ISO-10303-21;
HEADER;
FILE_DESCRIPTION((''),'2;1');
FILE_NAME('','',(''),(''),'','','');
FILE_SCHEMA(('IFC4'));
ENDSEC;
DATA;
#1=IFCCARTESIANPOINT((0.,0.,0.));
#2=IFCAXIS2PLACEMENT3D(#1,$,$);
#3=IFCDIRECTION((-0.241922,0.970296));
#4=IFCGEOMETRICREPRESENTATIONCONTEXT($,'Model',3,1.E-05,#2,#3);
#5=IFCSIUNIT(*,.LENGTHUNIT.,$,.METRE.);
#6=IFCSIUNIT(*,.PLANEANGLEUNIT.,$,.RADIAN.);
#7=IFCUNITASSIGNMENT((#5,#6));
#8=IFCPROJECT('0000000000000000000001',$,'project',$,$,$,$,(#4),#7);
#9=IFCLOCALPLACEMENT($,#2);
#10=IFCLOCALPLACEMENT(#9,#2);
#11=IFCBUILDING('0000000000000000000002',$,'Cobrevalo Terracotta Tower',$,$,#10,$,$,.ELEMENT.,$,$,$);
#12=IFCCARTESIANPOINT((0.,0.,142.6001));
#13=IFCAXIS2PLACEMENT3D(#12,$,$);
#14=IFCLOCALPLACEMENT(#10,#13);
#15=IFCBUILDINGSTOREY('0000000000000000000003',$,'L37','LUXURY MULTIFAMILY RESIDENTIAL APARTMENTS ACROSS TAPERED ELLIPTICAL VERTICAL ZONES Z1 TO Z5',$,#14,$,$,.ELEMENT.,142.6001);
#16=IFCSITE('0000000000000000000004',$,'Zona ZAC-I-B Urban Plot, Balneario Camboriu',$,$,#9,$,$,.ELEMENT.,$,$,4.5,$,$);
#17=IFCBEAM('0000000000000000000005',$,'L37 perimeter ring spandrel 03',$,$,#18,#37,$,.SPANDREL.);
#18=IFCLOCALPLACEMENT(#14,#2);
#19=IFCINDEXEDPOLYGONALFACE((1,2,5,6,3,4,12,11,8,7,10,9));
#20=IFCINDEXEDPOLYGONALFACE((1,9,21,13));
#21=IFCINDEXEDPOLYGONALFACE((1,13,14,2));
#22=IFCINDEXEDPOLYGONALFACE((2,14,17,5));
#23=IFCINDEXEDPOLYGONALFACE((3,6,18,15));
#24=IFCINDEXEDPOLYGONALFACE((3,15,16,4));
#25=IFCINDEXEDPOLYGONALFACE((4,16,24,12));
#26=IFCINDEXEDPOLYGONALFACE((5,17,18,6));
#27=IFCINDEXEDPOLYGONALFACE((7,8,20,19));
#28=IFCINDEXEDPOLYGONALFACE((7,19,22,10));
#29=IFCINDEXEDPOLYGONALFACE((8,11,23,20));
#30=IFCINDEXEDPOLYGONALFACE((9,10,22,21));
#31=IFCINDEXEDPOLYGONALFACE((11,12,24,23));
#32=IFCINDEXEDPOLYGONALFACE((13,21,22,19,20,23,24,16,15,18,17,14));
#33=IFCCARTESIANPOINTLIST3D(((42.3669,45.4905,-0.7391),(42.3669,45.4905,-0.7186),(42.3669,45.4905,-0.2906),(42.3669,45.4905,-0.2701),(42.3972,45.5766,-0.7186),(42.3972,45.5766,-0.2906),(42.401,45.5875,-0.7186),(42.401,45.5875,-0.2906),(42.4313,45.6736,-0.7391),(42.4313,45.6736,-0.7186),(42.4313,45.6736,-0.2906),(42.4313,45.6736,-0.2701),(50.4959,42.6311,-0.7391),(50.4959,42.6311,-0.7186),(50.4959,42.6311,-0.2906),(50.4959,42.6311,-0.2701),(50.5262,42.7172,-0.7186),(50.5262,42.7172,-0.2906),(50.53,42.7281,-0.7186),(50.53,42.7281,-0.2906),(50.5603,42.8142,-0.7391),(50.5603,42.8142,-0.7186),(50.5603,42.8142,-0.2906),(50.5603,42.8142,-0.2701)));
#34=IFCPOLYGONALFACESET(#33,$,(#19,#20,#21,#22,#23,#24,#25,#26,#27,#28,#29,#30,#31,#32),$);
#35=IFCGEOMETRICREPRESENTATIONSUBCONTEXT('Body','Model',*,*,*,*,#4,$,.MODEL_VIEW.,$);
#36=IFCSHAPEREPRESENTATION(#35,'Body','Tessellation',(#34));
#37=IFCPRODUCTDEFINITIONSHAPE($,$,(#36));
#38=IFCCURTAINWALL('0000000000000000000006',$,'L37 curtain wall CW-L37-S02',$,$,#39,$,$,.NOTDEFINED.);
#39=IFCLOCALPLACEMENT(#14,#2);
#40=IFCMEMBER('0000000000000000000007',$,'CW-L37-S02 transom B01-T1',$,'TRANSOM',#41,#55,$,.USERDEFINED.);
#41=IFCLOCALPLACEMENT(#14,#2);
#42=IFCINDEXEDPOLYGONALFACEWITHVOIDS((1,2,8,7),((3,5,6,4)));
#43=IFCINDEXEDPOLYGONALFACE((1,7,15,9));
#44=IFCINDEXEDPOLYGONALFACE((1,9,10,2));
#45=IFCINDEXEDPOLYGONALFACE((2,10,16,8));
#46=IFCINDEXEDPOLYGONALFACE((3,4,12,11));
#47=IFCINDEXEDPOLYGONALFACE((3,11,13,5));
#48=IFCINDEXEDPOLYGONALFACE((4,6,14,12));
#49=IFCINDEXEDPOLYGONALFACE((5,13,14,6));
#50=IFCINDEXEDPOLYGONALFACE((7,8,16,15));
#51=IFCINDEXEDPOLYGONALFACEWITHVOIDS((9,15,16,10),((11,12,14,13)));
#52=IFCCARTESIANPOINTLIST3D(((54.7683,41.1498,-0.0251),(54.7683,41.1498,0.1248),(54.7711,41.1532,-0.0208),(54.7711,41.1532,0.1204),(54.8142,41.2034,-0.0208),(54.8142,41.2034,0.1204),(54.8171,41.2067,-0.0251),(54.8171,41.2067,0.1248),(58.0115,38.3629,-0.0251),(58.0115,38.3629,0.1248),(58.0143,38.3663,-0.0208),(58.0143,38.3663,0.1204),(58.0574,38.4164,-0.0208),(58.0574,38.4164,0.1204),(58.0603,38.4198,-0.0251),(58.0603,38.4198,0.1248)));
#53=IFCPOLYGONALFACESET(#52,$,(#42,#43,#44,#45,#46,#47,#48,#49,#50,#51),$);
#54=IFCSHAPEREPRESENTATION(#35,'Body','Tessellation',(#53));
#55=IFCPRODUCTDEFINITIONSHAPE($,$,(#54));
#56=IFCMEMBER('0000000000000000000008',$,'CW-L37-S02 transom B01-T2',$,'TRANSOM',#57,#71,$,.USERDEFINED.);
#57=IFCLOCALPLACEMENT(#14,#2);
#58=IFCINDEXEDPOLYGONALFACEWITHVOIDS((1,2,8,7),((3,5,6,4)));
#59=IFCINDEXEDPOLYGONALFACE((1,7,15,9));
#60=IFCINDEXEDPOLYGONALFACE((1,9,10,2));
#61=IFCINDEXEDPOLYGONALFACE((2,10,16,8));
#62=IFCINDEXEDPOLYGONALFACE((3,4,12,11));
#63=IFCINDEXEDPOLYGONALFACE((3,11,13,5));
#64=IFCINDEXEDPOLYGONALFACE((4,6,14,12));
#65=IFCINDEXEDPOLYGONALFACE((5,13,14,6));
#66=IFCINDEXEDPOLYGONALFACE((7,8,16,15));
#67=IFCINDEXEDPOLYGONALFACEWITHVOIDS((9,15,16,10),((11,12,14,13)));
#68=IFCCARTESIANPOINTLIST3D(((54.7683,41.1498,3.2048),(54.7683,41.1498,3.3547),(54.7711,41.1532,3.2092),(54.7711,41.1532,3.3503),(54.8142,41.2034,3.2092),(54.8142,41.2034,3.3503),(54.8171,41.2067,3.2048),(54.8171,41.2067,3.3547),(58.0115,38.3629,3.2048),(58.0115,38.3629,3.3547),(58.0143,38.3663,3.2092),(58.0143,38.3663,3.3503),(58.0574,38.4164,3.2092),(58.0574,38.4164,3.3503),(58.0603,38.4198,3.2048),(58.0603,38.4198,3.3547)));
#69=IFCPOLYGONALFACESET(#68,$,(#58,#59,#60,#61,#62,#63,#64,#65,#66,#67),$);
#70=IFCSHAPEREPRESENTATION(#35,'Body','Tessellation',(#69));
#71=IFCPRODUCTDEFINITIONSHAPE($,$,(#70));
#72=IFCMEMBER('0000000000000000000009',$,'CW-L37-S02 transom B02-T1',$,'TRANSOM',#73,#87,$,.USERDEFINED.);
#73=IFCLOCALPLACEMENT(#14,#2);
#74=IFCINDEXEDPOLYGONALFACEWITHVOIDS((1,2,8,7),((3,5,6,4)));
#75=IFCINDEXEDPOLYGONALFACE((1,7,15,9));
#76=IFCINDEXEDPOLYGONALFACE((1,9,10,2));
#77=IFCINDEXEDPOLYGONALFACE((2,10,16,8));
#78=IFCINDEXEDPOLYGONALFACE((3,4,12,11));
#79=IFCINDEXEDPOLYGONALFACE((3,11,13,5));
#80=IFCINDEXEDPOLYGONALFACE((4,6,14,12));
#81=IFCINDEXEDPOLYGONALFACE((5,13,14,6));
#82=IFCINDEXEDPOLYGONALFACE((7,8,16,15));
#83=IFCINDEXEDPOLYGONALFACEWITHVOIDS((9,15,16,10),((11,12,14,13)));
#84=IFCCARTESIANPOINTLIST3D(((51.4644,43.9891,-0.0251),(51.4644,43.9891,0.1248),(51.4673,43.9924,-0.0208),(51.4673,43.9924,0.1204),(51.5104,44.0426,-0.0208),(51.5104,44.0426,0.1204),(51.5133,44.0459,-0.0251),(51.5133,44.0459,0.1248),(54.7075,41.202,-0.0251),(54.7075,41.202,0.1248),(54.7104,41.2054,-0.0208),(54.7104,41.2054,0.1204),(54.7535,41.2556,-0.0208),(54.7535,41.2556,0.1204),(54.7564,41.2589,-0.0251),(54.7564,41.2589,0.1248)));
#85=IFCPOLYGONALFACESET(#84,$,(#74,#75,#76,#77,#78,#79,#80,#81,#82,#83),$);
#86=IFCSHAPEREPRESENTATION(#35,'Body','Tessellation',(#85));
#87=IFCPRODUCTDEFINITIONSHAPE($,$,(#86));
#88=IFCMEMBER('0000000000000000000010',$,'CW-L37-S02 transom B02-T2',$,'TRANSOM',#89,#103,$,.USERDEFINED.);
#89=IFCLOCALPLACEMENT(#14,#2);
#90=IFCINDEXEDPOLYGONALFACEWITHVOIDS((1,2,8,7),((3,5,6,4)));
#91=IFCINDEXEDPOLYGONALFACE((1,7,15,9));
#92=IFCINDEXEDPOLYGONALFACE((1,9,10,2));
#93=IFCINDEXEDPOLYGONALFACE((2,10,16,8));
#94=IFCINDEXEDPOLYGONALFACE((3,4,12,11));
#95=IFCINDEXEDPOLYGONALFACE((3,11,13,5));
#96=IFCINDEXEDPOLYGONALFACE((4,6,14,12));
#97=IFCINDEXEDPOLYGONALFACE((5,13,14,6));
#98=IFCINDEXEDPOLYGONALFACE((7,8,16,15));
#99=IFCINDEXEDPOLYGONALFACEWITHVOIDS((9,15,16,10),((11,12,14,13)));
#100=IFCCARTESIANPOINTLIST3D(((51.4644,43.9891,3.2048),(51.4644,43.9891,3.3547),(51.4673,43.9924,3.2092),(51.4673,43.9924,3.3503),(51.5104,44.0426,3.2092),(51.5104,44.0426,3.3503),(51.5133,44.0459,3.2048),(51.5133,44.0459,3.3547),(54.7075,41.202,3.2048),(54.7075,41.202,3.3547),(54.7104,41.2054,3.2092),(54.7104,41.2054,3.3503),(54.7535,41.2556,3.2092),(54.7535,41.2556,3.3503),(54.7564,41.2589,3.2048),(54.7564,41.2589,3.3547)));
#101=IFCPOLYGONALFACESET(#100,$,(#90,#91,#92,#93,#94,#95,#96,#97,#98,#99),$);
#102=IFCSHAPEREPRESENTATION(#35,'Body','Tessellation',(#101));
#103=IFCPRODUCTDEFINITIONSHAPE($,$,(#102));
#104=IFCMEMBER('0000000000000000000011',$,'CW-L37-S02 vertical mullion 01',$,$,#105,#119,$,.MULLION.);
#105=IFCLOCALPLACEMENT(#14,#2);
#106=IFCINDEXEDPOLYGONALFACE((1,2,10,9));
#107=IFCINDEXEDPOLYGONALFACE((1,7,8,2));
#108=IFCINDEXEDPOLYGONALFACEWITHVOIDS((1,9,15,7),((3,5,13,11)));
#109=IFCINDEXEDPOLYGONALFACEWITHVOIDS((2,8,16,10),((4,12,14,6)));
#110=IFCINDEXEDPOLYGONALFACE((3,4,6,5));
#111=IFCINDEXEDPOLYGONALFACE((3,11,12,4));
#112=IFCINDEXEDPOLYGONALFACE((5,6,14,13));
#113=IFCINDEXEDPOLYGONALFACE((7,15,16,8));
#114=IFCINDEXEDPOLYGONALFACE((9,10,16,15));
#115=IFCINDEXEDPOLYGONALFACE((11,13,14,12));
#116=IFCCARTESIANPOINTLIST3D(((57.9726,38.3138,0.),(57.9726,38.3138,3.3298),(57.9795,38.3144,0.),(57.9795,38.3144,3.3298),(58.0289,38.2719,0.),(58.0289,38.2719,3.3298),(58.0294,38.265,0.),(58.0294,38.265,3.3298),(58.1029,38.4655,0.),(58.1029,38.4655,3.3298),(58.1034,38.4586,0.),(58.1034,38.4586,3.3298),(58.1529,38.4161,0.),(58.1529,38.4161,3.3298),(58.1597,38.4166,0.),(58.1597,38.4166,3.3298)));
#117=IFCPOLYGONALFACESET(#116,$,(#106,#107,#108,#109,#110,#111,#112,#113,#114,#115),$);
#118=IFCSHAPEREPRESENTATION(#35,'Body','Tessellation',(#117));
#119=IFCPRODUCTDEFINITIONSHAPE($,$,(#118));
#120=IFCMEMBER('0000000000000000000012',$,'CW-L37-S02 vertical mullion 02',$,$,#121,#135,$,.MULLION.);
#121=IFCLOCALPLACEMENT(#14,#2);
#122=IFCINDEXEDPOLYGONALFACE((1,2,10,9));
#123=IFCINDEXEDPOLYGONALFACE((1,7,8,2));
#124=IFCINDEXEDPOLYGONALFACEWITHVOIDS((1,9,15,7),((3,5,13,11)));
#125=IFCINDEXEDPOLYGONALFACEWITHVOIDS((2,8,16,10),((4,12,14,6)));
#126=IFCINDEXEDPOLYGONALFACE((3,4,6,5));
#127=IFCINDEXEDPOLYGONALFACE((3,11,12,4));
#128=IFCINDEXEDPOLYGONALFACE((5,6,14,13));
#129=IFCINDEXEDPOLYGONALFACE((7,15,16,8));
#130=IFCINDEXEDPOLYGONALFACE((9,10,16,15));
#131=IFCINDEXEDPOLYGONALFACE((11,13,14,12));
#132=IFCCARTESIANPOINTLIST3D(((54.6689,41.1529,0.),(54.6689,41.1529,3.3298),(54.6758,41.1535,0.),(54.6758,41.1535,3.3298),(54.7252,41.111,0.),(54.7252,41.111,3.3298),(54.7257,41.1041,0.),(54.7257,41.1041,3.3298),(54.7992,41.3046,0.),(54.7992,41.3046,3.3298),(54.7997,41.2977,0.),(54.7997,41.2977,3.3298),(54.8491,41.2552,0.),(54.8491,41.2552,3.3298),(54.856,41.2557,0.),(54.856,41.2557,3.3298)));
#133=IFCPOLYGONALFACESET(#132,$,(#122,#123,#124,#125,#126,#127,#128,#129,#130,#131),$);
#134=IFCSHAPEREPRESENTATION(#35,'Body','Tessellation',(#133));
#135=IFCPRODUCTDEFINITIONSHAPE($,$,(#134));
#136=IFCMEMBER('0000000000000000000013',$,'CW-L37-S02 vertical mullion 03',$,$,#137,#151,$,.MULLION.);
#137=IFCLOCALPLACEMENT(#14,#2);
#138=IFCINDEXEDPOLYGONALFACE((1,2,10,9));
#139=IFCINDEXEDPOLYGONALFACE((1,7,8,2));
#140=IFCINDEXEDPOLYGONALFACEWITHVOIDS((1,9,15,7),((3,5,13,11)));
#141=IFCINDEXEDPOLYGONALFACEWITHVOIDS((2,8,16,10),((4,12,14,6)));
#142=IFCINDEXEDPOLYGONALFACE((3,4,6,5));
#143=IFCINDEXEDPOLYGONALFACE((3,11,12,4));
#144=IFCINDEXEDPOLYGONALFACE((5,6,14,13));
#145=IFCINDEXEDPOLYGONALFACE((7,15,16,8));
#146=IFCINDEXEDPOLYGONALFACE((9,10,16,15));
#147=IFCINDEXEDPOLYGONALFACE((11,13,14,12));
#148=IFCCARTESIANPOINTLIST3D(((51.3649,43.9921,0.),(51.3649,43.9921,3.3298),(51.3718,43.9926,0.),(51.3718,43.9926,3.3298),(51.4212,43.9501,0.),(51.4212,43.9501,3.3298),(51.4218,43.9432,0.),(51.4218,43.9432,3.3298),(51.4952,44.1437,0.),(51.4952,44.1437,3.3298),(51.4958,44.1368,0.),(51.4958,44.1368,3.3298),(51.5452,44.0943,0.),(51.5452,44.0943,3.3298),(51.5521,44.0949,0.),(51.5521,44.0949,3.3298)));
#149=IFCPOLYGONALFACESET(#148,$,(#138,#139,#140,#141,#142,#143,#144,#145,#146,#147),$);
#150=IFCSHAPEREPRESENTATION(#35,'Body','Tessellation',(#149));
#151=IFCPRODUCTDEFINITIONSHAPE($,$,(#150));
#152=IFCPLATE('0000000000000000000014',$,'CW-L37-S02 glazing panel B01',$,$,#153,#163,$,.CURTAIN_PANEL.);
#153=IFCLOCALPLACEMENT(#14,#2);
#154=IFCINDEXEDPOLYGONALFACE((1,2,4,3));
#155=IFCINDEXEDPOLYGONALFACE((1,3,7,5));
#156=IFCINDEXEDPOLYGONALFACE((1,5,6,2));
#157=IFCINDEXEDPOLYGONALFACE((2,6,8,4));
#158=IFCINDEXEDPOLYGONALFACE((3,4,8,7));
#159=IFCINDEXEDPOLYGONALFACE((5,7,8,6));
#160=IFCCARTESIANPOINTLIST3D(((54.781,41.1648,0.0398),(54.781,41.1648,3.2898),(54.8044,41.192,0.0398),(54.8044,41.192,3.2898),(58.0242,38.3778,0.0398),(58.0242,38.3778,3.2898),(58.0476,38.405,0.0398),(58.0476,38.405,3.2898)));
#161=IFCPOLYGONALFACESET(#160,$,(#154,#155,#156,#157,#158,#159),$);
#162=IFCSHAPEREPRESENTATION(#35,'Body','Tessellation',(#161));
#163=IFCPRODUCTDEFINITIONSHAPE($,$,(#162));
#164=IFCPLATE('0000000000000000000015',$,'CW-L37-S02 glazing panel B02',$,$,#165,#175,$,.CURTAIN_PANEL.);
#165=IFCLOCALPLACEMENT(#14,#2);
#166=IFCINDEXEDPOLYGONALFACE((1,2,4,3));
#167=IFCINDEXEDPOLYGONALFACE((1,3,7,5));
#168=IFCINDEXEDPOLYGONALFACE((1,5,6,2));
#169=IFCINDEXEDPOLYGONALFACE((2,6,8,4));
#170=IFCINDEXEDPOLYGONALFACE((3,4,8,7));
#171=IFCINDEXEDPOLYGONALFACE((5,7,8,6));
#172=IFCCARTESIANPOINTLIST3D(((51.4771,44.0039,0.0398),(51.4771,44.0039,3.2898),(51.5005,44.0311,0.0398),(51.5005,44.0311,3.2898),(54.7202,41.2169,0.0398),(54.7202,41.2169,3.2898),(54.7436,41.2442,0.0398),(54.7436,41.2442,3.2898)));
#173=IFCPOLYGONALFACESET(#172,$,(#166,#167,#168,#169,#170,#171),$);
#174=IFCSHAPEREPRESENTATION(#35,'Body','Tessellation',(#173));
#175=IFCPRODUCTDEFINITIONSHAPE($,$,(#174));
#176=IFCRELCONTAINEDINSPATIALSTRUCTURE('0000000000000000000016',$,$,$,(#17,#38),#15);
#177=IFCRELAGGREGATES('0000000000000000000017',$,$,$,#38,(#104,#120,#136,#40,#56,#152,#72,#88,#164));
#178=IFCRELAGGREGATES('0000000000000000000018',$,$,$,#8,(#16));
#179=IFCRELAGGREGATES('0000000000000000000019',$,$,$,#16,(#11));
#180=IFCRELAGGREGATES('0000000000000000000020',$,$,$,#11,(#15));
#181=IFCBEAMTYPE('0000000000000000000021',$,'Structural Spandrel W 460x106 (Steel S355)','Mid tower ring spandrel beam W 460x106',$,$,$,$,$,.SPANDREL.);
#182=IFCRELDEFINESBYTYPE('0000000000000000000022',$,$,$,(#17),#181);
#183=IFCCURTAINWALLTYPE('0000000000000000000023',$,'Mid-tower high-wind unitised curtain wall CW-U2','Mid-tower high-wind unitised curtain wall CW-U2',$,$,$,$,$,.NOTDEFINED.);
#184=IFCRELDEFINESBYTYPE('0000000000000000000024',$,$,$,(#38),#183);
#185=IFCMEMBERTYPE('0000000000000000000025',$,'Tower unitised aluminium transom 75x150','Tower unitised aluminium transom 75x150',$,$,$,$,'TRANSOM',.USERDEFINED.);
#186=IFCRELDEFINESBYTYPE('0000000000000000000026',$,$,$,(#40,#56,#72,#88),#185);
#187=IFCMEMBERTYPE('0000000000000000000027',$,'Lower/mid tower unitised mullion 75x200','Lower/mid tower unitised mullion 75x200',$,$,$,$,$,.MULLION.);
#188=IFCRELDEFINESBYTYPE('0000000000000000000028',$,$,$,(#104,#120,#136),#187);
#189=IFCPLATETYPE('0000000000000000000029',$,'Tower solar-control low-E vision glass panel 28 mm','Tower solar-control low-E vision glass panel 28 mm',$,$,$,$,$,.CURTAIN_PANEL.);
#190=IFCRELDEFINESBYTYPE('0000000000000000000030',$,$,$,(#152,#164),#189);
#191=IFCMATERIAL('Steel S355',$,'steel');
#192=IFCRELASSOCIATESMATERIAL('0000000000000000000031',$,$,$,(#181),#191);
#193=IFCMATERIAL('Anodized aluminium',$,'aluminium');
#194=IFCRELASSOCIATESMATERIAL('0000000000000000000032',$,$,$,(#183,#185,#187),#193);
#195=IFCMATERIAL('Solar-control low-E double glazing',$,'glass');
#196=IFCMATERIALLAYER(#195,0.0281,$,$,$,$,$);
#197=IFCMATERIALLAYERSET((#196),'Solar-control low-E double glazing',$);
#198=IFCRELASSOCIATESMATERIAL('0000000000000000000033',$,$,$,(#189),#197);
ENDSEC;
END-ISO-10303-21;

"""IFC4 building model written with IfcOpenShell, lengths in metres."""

from ifc_helpers import new_model, si_unit, direction, frame, origin, origin_2d, place, context, subcontext, project, spatial, rectangle, hollow_rectangle, i_section, extrude, source, transform, mapped, material, layer, layer_set, material_profile, profile_set, type_object, element, aggregate, save


model = new_model("IFC4")

# Units and contexts
model_context = context("Model", 3, precision=1e-05, world=origin(), true_north=direction((-0.241922, 0.970296)))
body_context = subcontext(model_context, "Body", "Model", "MODEL_VIEW")
ifc_project = project(units=[si_unit("LENGTHUNIT", "METRE"), si_unit("PLANEANGLEUNIT", "RADIAN")], contexts=[model_context])

# Site, building, storey
site_placement = place(None, origin())
site = spatial("IfcSite", under=ifc_project, at=site_placement, Name="Zona ZAC-I-B Urban Plot, Balneario Camboriu", CompositionType="ELEMENT", RefElevation=4.5)
building_placement = place(site_placement, origin())
building = spatial("IfcBuilding", under=site, at=building_placement, Name="Cobrevalo Terracotta Tower", CompositionType="ELEMENT")
storey_placement = place(building_placement, frame((0.0, 0.0, 142.6001)))
storey = spatial("IfcBuildingStorey", under=building, at=storey_placement, Name="L37", Description="LUXURY MULTIFAMILY RESIDENTIAL APARTMENTS ACROSS TAPERED ELLIPTICAL VERTICAL ZONES Z1 TO Z5", CompositionType="ELEMENT", Elevation=142.6001)

# Shared definitions
ifc_material_1 = material(Name="Steel S355", Category="steel")

# Beam
ifc_material_profile_1 = material_profile(ifc_material_1, i_section(OverallWidth=0.1941, OverallDepth=0.469, WebThickness=0.0115, FlangeThickness=0.0205, at=origin_2d()), Name="W 460x106")
ifc_profile_set_1 = profile_set([ifc_material_profile_1], Name="Steel S355")
beam_type_1 = type_object("IfcBeamType", Name="Structural Spandrel W 460x106 (Steel S355)", Description="Mid tower ring spandrel beam W 460x106", PredefinedType="SPANDREL", material=ifc_profile_set_1)
beam_1_placement = place(storey_placement, frame((50.5281, 42.7227, -0.5046), z_axis=(-0.943341, 0.331824, 0.0), x_axis=(-0.331824, -0.943341, 0.0)))
element("IfcBeam", 1, at=beam_1_placement, inside=storey, type_object=beam_type_1, Name="L37 perimeter ring spandrel 03", PredefinedType="SPANDREL", context=body_context, shape_type="SweptSolid", body=[
    extrude(i_section(OverallWidth=0.1941, OverallDepth=0.469, WebThickness=0.0115, FlangeThickness=0.0205, at=origin_2d()), origin(), (0.0, 0.0, 1.0), 8.6172),
])

# Curtain wall, members, plates
ifc_material_2 = material(Name="Anodized aluminium", Category="aluminium")
curtain_wall_type = type_object("IfcCurtainWallType", Name="Mid-tower high-wind unitised curtain wall CW-U2", Description="Mid-tower high-wind unitised curtain wall CW-U2", PredefinedType="NOTDEFINED", material=ifc_material_2)
curtain_wall_placement = place(storey_placement, origin())
curtain_wall = element("IfcCurtainWall", 2, at=curtain_wall_placement, inside=storey, type_object=curtain_wall_type, Name="L37 curtain wall CW-L37-S02", PredefinedType="NOTDEFINED")
ifc_material_profile_2 = material_profile(ifc_material_2, hollow_rectangle(XDim=0.075, YDim=0.1499, WallThickness=0.0044, at=origin_2d()), Name="CWT 75x150")
ifc_profile_set_2 = profile_set([ifc_material_profile_2], Name="Anodized aluminium")
member_type_1 = type_object("IfcMemberType", Name="Tower unitised aluminium transom 75x150", Description="Tower unitised aluminium transom 75x150", ElementType="TRANSOM", PredefinedType="USERDEFINED", material=ifc_profile_set_2)
shared_shape_1 = source(origin(), body_context, "Body", "SweptSolid", [
    extrude(hollow_rectangle(XDim=0.075, YDim=0.1499, WallThickness=0.0044, at=origin_2d()), origin(), (0.0, 0.0, 1.0), 4.2761),
])
member_1_placement = place(storey_placement, frame((58.0359, 38.3914, 0.0498), z_axis=(-0.758446, 0.651736, 0.0), x_axis=(-0.651736, -0.758446, 0.0)))
member_1 = element("IfcMember", 3, at=member_1_placement, type_object=member_type_1, Name="CW-L37-S02 transom B01-T1", ObjectType="TRANSOM", PredefinedType="USERDEFINED", context=body_context, shape_type="MappedRepresentation", body=[
    mapped(shared_shape_1, transform((0.0, 0.0, 0.0), scale=1.0)),
])
member_2_placement = place(storey_placement, frame((58.0359, 38.3914, 3.2798), z_axis=(-0.758446, 0.651736, 0.0), x_axis=(-0.651736, -0.758446, 0.0)))
member_2 = element("IfcMember", 4, at=member_2_placement, type_object=member_type_1, Name="CW-L37-S02 transom B01-T2", ObjectType="TRANSOM", PredefinedType="USERDEFINED", context=body_context, shape_type="MappedRepresentation", body=[
    mapped(shared_shape_1, transform((0.0, 0.0, 0.0), scale=1.0)),
])
member_3_placement = place(storey_placement, frame((54.7319, 41.2305, 0.0498), z_axis=(-0.758418, 0.651769, 0.0), x_axis=(-0.651769, -0.758418, 0.0)))
member_3 = element("IfcMember", 5, at=member_3_placement, type_object=member_type_1, Name="CW-L37-S02 transom B02-T1", ObjectType="TRANSOM", PredefinedType="USERDEFINED", context=body_context, shape_type="MappedRepresentation", body=[
    mapped(shared_shape_1, transform((0.0, 0.0, 0.0), scale=1.0)),
])
member_4_placement = place(storey_placement, frame((54.7319, 41.2305, 3.2798), z_axis=(-0.758418, 0.651769, 0.0), x_axis=(-0.651769, -0.758418, 0.0)))
member_4 = element("IfcMember", 6, at=member_4_placement, type_object=member_type_1, Name="CW-L37-S02 transom B02-T2", ObjectType="TRANSOM", PredefinedType="USERDEFINED", context=body_context, shape_type="MappedRepresentation", body=[
    mapped(shared_shape_1, transform((0.0, 0.0, 0.0), scale=1.0)),
])
ifc_material_profile_3 = material_profile(ifc_material_2, hollow_rectangle(XDim=0.075, YDim=0.2, WallThickness=0.0049, at=origin_2d()), Name="CWM 75x200")
ifc_profile_set_3 = profile_set([ifc_material_profile_3], Name="Anodized aluminium")
member_type_2 = type_object("IfcMemberType", Name="Lower/mid tower unitised mullion 75x200", Description="Lower/mid tower unitised mullion 75x200", PredefinedType="MULLION", material=ifc_profile_set_3)
shared_shape_2 = source(origin(), body_context, "Body", "SweptSolid", [
    extrude(hollow_rectangle(XDim=0.075, YDim=0.2, WallThickness=0.0049, at=origin_2d()), origin(), (0.0, 0.0, 1.0), 3.3298),
])
member_5_placement = place(storey_placement, frame((58.0662, 38.3652, 0.0), z_axis=(0.0, 0.0, 1.0), x_axis=(-0.758442, 0.651741, 0.0)))
member_5 = element("IfcMember", 7, at=member_5_placement, type_object=member_type_2, Name="CW-L37-S02 vertical mullion 01", PredefinedType="MULLION", context=body_context, shape_type="MappedRepresentation", body=[
    mapped(shared_shape_2, transform((0.0, 0.0, 0.0), scale=1.0)),
])
member_6_placement = place(storey_placement, frame((54.7625, 41.2043, 0.0), z_axis=(0.0, 0.0, 1.0), x_axis=(-0.758442, 0.651741, 0.0)))
member_6 = element("IfcMember", 8, at=member_6_placement, type_object=member_type_2, Name="CW-L37-S02 vertical mullion 02", PredefinedType="MULLION", context=body_context, shape_type="MappedRepresentation", body=[
    mapped(shared_shape_2, transform((0.0, 0.0, 0.0), scale=1.0)),
])
member_7_placement = place(storey_placement, frame((51.4585, 44.0435, 0.0), z_axis=(0.0, 0.0, 1.0), x_axis=(-0.758442, 0.651741, 0.0)))
member_7 = element("IfcMember", 9, at=member_7_placement, type_object=member_type_2, Name="CW-L37-S02 vertical mullion 03", PredefinedType="MULLION", context=body_context, shape_type="MappedRepresentation", body=[
    mapped(shared_shape_2, transform((0.0, 0.0, 0.0), scale=1.0)),
])
ifc_material_3 = material(Name="Solar-control low-E double glazing", Category="glass")
ifc_layer_1 = layer(ifc_material_3, 0.0281)
ifc_layer_set_1 = layer_set([ifc_layer_1], Name="Solar-control low-E double glazing")
plate_type = type_object("IfcPlateType", Name="Tower solar-control low-E vision glass panel 28 mm", Description="Tower solar-control low-E vision glass panel 28 mm", PredefinedType="CURTAIN_PANEL", material=ifc_layer_set_1)
shared_shape_3 = source(origin(), body_context, "Body", "SweptSolid", [
    extrude(rectangle(XDim=4.2761, YDim=0.0359, at=origin_2d()), origin(), (0.0, 0.0, 1.0), 3.25),
])
plate_1_placement = place(storey_placement, frame((56.4143, 39.7849, 0.0398), z_axis=(0.0, 0.0, 1.0), x_axis=(-0.758437, 0.651746, 0.0)))
plate_1 = element("IfcPlate", 10, at=plate_1_placement, type_object=plate_type, Name="CW-L37-S02 glazing panel B01", PredefinedType="CURTAIN_PANEL", context=body_context, shape_type="MappedRepresentation", body=[
    mapped(shared_shape_3, transform((0.0, 0.0, 0.0), scale=1.0)),
])
plate_2_placement = place(storey_placement, frame((53.1104, 42.624, 0.0398), z_axis=(0.0, 0.0, 1.0), x_axis=(-0.758437, 0.651746, 0.0)))
plate_2 = element("IfcPlate", 11, at=plate_2_placement, type_object=plate_type, Name="CW-L37-S02 glazing panel B02", PredefinedType="CURTAIN_PANEL", context=body_context, shape_type="MappedRepresentation", body=[
    mapped(shared_shape_3, transform((0.0, 0.0, 0.0), scale=1.0)),
])
aggregate(curtain_wall, [member_5, member_6, member_7, member_1, member_2, plate_1, member_3, member_4, plate_2])

save(model, "model.ifc")
